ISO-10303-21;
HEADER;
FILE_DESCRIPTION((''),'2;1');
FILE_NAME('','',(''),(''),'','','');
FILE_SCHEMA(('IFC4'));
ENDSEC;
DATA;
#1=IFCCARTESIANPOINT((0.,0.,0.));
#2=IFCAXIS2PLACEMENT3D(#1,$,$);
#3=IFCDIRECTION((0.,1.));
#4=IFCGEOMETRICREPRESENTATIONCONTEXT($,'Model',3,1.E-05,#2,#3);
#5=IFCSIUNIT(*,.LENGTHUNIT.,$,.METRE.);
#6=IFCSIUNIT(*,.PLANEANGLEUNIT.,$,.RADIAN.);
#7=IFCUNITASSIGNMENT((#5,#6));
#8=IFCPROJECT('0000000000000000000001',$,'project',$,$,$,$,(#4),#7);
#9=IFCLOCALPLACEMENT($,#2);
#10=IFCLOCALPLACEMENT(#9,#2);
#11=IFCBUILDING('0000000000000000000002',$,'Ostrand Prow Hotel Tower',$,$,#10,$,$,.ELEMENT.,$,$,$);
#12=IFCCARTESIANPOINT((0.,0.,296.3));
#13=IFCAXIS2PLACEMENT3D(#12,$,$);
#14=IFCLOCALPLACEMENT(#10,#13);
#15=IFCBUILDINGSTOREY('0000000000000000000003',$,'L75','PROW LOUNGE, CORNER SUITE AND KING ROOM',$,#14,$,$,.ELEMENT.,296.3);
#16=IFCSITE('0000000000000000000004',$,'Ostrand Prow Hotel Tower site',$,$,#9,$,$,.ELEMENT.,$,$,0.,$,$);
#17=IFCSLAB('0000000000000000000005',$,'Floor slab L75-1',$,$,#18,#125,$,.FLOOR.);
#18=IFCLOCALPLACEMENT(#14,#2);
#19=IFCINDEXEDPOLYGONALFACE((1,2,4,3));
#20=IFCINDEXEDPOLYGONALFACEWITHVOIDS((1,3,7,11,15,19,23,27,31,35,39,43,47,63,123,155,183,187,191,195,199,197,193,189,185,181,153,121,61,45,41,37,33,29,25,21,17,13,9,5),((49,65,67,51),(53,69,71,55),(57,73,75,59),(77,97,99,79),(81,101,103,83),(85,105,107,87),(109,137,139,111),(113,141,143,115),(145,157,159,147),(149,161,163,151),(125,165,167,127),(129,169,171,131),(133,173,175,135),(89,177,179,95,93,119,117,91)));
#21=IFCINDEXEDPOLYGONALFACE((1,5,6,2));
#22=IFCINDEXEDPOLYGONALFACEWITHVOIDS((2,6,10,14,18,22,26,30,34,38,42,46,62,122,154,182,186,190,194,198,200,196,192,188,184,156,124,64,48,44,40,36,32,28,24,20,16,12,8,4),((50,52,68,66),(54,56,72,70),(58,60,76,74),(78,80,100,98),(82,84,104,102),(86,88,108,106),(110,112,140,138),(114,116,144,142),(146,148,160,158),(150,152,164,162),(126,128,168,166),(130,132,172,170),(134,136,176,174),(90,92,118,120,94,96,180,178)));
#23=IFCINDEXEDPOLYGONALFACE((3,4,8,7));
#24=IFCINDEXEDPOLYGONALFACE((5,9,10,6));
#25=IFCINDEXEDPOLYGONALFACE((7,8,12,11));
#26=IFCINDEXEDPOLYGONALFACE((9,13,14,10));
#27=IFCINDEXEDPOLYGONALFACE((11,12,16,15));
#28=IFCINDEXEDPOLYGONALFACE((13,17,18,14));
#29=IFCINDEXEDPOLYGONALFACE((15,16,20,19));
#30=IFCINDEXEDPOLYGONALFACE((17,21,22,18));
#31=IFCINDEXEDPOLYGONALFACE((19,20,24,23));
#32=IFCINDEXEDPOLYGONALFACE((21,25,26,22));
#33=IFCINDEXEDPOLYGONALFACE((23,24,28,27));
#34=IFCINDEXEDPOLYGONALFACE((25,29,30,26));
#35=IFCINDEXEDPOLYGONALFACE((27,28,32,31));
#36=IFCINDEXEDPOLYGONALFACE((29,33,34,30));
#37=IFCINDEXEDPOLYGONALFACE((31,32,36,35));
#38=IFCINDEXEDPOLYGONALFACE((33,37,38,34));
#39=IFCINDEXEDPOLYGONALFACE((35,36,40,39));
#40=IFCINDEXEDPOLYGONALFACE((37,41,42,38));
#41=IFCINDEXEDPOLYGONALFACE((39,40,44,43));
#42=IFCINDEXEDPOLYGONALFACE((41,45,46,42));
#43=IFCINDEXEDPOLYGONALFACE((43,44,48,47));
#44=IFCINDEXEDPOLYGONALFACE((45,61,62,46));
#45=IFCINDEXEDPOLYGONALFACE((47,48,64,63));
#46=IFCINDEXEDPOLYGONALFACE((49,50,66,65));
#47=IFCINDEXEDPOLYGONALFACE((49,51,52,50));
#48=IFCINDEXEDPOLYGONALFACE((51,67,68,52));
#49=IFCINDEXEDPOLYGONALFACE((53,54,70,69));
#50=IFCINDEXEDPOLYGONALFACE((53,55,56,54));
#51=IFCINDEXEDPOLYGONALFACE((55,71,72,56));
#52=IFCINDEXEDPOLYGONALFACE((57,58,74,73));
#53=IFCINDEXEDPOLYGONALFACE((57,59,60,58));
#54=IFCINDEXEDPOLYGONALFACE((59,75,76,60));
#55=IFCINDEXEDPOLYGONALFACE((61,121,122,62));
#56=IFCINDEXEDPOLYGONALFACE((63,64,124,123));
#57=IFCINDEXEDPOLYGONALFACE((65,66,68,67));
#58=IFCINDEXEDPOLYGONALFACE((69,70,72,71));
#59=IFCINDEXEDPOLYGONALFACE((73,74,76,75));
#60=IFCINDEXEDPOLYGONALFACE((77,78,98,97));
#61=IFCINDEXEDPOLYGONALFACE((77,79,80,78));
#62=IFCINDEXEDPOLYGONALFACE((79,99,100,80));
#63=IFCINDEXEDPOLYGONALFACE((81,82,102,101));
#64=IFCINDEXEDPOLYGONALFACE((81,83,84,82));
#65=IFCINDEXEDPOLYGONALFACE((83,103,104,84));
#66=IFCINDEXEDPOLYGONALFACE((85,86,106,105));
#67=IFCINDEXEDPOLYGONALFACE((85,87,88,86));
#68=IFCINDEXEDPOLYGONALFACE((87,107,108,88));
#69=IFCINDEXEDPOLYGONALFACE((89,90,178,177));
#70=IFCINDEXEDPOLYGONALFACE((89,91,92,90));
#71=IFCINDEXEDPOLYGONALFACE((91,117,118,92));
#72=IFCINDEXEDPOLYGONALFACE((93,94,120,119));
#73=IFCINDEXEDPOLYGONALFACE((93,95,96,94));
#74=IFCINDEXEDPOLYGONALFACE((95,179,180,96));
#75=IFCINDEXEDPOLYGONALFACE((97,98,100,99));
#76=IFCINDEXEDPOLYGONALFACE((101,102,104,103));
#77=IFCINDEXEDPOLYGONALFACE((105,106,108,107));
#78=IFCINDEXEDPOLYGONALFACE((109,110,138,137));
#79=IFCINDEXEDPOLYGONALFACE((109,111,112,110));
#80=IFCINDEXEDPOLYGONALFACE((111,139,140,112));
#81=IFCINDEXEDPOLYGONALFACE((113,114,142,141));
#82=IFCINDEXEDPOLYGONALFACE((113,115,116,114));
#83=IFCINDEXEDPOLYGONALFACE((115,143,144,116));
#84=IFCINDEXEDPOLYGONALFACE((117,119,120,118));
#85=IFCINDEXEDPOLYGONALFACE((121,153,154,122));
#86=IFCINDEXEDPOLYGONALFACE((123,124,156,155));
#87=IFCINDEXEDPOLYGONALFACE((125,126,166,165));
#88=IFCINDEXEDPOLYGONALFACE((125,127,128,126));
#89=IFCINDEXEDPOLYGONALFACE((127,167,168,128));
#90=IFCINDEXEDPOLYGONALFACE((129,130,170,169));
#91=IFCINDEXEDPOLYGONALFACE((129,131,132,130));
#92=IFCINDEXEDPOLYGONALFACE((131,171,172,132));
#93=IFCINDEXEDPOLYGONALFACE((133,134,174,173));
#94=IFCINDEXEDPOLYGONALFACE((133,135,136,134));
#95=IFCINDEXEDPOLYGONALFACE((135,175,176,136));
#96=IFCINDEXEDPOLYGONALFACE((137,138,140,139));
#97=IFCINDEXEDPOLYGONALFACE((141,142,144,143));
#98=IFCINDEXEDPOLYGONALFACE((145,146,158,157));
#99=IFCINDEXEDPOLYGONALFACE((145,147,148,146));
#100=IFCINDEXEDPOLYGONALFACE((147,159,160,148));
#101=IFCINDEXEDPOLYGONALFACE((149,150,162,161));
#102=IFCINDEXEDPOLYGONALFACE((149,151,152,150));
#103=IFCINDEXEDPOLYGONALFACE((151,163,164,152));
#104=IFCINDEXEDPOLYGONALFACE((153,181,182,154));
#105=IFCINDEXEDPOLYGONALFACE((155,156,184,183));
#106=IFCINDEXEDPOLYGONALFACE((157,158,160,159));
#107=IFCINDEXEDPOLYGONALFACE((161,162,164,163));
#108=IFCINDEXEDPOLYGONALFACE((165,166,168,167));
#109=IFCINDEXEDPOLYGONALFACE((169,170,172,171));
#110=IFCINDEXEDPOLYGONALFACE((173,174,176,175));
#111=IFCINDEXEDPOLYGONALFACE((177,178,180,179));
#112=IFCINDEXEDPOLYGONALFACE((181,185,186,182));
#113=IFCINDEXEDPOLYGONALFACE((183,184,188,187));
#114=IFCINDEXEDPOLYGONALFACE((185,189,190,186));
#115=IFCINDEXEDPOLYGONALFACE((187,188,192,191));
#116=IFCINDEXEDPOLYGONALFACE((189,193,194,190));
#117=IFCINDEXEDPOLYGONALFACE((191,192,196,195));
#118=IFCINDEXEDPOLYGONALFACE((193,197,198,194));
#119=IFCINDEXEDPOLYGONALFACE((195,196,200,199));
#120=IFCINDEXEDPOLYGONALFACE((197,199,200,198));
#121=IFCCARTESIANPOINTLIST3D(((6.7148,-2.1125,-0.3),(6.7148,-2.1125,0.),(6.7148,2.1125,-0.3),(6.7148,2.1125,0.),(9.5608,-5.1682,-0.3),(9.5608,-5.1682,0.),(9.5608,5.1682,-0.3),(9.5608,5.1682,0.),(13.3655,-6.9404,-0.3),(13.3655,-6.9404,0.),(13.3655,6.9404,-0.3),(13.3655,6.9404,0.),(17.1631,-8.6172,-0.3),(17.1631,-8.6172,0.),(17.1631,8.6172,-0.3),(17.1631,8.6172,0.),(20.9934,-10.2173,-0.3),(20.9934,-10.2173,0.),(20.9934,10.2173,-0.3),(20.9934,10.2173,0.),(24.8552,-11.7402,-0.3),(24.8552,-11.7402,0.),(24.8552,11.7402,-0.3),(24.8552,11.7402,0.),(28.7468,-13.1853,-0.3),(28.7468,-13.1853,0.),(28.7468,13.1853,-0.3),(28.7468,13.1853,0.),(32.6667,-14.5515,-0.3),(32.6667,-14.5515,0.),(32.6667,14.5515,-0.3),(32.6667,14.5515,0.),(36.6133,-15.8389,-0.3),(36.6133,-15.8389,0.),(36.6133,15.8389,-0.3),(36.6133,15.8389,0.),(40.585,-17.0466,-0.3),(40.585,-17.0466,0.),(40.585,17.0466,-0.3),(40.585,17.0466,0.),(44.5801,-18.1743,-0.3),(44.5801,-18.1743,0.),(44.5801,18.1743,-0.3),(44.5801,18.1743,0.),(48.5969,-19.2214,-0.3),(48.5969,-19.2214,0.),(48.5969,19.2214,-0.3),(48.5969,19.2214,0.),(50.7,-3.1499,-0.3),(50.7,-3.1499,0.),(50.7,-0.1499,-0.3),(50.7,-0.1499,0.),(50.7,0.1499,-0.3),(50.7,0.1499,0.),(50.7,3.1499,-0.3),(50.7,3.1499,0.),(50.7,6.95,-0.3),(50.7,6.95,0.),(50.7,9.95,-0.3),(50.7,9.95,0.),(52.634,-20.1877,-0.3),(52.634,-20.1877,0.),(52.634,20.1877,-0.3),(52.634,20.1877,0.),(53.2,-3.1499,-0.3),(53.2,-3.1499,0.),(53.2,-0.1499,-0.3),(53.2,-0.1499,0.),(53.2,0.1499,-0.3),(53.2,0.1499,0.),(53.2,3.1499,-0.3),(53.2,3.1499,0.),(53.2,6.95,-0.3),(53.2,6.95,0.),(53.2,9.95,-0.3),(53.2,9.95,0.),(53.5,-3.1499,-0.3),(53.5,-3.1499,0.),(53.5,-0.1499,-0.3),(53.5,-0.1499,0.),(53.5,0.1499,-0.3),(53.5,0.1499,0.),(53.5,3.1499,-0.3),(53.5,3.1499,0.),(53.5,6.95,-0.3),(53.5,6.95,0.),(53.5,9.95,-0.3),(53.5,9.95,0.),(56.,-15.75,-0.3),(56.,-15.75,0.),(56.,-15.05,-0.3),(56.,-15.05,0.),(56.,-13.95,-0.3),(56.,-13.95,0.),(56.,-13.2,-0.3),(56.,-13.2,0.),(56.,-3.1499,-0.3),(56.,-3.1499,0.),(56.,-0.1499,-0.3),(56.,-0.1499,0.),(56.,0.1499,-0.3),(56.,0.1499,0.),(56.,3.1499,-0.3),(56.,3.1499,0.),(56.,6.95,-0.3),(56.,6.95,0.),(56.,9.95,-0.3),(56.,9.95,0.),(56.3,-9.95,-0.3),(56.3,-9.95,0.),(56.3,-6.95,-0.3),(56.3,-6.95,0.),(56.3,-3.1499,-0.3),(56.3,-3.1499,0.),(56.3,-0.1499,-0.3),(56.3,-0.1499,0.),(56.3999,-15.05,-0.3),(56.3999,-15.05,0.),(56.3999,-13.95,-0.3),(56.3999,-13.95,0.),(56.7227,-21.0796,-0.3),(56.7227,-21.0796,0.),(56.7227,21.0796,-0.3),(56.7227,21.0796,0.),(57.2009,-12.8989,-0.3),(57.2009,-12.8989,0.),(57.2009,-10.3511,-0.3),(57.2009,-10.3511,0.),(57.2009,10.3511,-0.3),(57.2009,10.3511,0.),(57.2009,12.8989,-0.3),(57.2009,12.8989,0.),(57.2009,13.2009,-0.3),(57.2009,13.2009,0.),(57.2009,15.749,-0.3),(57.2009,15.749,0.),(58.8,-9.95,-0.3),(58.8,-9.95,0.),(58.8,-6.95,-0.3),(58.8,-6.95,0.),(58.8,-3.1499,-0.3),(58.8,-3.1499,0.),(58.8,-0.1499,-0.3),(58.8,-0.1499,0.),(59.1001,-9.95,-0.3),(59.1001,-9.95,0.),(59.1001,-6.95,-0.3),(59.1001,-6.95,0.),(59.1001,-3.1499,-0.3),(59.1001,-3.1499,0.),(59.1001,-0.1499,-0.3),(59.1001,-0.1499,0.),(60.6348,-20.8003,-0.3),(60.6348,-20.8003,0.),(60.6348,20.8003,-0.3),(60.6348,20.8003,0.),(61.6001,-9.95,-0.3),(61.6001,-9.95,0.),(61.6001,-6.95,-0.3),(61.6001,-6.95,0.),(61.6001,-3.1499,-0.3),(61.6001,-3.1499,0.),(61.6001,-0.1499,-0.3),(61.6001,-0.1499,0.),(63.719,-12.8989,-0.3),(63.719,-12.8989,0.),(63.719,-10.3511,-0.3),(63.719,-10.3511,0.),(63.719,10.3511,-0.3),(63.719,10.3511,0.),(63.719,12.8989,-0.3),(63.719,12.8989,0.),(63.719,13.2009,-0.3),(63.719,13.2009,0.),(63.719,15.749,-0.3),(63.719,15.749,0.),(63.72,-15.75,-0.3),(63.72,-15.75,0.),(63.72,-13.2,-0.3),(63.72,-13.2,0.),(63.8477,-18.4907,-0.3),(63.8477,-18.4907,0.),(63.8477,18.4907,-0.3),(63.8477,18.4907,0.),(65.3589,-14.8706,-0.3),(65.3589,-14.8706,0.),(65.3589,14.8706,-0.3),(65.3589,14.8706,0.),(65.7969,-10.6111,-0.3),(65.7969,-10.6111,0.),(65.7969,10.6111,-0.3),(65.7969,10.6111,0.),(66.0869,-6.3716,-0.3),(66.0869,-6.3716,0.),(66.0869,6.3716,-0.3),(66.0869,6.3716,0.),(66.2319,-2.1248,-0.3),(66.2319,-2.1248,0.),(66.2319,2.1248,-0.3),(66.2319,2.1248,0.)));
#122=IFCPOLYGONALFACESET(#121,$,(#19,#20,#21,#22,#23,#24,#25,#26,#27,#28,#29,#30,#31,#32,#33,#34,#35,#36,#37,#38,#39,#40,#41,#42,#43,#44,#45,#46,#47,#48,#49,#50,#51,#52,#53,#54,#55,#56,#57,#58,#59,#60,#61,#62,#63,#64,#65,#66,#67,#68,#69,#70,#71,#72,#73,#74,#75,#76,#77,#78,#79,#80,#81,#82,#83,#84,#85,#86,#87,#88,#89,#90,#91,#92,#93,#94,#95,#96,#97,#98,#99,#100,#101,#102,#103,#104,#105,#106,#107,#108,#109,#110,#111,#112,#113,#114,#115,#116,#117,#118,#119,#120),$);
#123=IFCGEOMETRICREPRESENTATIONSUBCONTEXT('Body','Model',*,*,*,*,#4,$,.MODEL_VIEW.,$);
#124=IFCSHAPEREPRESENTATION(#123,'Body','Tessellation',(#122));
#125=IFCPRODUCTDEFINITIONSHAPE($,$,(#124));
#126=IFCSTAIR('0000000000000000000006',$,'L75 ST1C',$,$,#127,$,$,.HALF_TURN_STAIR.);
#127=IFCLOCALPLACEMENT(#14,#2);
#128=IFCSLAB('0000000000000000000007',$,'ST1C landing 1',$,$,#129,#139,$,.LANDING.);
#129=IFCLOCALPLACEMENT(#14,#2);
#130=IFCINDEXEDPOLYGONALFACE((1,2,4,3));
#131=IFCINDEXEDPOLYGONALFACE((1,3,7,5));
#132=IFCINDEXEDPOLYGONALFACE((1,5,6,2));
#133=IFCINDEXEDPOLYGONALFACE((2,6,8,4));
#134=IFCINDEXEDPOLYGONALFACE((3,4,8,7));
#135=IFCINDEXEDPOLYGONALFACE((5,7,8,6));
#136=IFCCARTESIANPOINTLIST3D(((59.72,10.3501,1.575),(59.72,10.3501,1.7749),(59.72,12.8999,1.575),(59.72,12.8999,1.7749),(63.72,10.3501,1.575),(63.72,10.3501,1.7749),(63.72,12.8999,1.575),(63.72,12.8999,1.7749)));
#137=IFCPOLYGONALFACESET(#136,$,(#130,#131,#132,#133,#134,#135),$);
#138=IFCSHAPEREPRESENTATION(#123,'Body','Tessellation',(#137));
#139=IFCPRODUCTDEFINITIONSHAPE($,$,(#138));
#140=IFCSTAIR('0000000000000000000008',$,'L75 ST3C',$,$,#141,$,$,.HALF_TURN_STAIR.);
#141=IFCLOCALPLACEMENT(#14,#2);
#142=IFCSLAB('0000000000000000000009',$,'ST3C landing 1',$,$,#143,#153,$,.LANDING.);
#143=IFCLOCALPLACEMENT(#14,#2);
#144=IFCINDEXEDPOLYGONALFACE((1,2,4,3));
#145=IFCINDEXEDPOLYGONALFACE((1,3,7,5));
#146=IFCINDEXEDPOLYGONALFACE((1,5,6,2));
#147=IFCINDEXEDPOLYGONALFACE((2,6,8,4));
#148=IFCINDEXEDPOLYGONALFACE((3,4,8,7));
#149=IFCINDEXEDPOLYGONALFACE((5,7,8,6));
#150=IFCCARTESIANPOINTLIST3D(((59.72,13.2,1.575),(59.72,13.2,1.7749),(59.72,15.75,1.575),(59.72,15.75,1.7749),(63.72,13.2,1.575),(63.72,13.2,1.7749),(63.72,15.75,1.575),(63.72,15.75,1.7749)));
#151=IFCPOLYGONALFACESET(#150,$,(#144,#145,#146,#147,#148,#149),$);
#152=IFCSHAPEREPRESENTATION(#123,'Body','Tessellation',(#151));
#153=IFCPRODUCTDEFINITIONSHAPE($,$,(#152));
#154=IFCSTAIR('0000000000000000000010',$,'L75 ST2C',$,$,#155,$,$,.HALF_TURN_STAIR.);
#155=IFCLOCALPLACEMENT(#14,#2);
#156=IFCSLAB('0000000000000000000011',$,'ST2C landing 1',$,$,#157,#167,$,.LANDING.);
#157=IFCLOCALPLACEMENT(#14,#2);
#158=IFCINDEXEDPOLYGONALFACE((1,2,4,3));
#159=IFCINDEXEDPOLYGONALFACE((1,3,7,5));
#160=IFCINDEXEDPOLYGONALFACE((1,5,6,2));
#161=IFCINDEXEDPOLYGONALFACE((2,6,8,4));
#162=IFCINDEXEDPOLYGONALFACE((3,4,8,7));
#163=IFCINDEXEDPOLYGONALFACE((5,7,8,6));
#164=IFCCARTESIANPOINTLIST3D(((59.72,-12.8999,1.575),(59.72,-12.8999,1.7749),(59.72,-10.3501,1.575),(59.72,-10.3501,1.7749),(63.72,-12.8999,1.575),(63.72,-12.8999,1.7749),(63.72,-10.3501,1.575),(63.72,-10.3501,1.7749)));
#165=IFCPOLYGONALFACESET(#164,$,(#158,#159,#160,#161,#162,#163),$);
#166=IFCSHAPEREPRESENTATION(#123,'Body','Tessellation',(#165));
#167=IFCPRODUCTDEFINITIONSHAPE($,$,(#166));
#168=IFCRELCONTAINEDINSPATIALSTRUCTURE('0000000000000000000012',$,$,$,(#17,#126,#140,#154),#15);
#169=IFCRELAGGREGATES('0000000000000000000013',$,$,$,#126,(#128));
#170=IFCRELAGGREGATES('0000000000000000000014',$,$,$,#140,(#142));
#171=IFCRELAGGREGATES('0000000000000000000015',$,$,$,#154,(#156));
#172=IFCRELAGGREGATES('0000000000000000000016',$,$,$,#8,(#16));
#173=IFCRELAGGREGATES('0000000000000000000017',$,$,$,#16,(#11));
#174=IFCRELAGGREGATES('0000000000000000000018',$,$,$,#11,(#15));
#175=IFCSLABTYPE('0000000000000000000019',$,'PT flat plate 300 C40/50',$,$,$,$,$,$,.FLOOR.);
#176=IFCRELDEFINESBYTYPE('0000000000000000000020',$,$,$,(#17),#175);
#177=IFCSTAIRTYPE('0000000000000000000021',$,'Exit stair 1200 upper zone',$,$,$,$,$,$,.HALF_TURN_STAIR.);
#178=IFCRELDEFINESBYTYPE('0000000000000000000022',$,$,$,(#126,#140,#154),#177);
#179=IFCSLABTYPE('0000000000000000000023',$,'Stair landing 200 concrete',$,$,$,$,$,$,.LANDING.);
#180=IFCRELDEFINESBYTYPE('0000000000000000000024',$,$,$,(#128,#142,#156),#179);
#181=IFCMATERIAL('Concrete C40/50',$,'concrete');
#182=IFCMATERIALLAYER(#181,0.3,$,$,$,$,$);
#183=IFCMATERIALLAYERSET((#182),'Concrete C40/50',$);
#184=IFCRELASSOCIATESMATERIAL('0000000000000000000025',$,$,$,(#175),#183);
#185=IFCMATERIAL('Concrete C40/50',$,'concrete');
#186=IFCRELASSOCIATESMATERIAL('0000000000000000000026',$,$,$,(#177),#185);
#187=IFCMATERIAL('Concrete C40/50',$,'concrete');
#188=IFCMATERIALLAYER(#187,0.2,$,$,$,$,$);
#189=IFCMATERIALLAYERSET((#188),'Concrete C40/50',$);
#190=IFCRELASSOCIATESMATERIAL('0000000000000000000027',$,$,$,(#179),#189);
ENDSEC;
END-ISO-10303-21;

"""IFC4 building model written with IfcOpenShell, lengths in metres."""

from ifc_helpers import new_model, si_unit, direction, frame, origin, place, context, subcontext, project, spatial, polyline, outline, extrude, material, layer, layer_set, type_object, element, aggregate, save


model = new_model("IFC4")

# Units and contexts
model_context = context("Model", 3, precision=1e-05, world=origin(), true_north=direction((0.0, 1.0)))
body_context = subcontext(model_context, "Body", "Model", "MODEL_VIEW")
ifc_project = project(units=[si_unit("LENGTHUNIT", "METRE"), si_unit("PLANEANGLEUNIT", "RADIAN")], contexts=[model_context])

# Site, building, storey
site_placement = place(None, origin())
site = spatial("IfcSite", under=ifc_project, at=site_placement, Name="Ostrand Prow Hotel Tower site", CompositionType="ELEMENT", RefElevation=0.0)
building_placement = place(site_placement, origin())
building = spatial("IfcBuilding", under=site, at=building_placement, Name="Ostrand Prow Hotel Tower", CompositionType="ELEMENT")
storey_placement = place(building_placement, frame((0.0, 0.0, 296.3)))
storey = spatial("IfcBuildingStorey", under=building, at=storey_placement, Name="L75", Description="PROW LOUNGE, CORNER SUITE AND KING ROOM", CompositionType="ELEMENT", Elevation=296.3)

# Slab, opening
ifc_material_1 = material(Name="Concrete C40/50", Category="concrete")
ifc_layer_1 = layer(ifc_material_1, 0.3)
ifc_layer_set_1 = layer_set([ifc_layer_1], Name="Concrete C40/50")
slab_type_1 = type_object("IfcSlabType", Name="PT flat plate 300 C40/50", PredefinedType="FLOOR", material=ifc_layer_set_1)
slab_1_placement = place(storey_placement, frame((0.0, 0.0, -0.3)))
slab_1 = element("IfcSlab", 1, at=slab_1_placement, inside=storey, type_object=slab_type_1, Name="Floor slab L75-1", PredefinedType="FLOOR", context=body_context, shape_type="SweptSolid", body=[
    extrude(outline(polyline([(9.5608, 5.1682), (13.3655, 6.9404), (17.1631, 8.6172), (20.9934, 10.2173), (24.8552, 11.7402), (28.7468, 13.1853), (32.6667, 14.5515), (36.6133, 15.8389), (40.585, 17.0466), (44.5801, 18.1743), (48.5969, 19.2214), (52.634, 20.1877), (56.7227, 21.0796), (60.6348, 20.8003), (63.8477, 18.4907), (65.3589, 14.8706), (65.7969, 10.6111), (66.0869, 6.3716), (66.2319, 2.1248), (66.2319, -2.1248), (66.0869, -6.3716), (65.7969, -10.6111), (65.3589, -14.8706), (63.8477, -18.4907), (60.6348, -20.8003), (56.7227, -21.0796), (52.634, -20.1877), (48.5969, -19.2214), (44.5801, -18.1743), (40.585, -17.0466), (36.6133, -15.8389), (32.6667, -14.5515), (28.7468, -13.1853), (24.8552, -11.7402), (20.9934, -10.2173), (17.1631, -8.6172), (13.3655, -6.9404), (9.5608, -5.1682), (6.7148, -2.1125), (6.7148, 2.1125), (9.5608, 5.1682)]), holes=[polyline([(50.7, 6.95), (53.2, 6.95), (53.2, 9.95), (50.7, 9.95), (50.7, 6.95)]), polyline([(53.5, 6.95), (56.0, 6.95), (56.0, 9.95), (53.5, 9.95), (53.5, 6.95)]), polyline([(50.7, 0.1499), (53.2, 0.1499), (53.2, 3.1499), (50.7, 3.1499), (50.7, 0.1499)]), polyline([(53.5, 0.1499), (56.0, 0.1499), (56.0, 3.1499), (53.5, 3.1499), (53.5, 0.1499)]), polyline([(50.7, -3.1499), (53.2, -3.1499), (53.2, -0.1499), (50.7, -0.1499), (50.7, -3.1499)]), polyline([(53.5, -3.1499), (56.0, -3.1499), (56.0, -0.1499), (53.5, -0.1499), (53.5, -3.1499)]), polyline([(56.3, -3.1499), (58.8, -3.1499), (58.8, -0.1499), (56.3, -0.1499), (56.3, -3.1499)]), polyline([(59.1001, -3.1499), (61.6001, -3.1499), (61.6001, -0.1499), (59.1001, -0.1499), (59.1001, -3.1499)]), polyline([(56.3, -9.95), (58.8, -9.95), (58.8, -6.95), (56.3, -6.95), (56.3, -9.95)]), polyline([(59.1001, -9.95), (61.6001, -9.95), (61.6001, -6.95), (59.1001, -6.95), (59.1001, -9.95)]), polyline([(57.2009, 10.3511), (57.2009, 12.8989), (63.719, 12.8989), (63.719, 10.3511), (57.2009, 10.3511)]), polyline([(57.2009, 13.2009), (57.2009, 15.749), (63.719, 15.749), (63.719, 13.2009), (57.2009, 13.2009)]), polyline([(57.2009, -12.8989), (57.2009, -10.3511), (63.719, -10.3511), (63.719, -12.8989), (57.2009, -12.8989)]), polyline([(56.0, -13.95), (56.0, -13.2), (63.72, -13.2), (63.72, -15.75), (56.0, -15.75), (56.0, -15.05), (56.3999, -15.05), (56.3999, -13.95), (56.0, -13.95)])]), origin(), (0.0, 0.0, 1.0), 0.3),
])
opening_1_placement = place(slab_1_placement, origin())
element("IfcOpeningElement", 2, at=opening_1_placement, cuts=slab_1, PredefinedType="OPENING", context=body_context, shape_type="SweptSolid", body=[
    extrude(outline(polyline([(56.0, -13.95), (56.0, -13.2), (63.72, -13.2), (63.72, -15.75), (56.0, -15.75), (56.0, -15.05), (56.3999, -15.05), (56.3999, -13.95), (56.0, -13.95)])), origin(), (0.0, 0.0, 1.0), 0.3),
])

# Stairs, slabs
ifc_material_2 = material(Name="Concrete C40/50", Category="concrete")
stair_type = type_object("IfcStairType", Name="Exit stair 1200 upper zone", PredefinedType="HALF_TURN_STAIR", material=ifc_material_2)
stair_1_placement = place(storey_placement, origin())
stair_1 = element("IfcStair", 3, at=stair_1_placement, inside=storey, type_object=stair_type, Name="L75 ST1C", PredefinedType="HALF_TURN_STAIR")
ifc_material_3 = material(Name="Concrete C40/50", Category="concrete")
ifc_layer_2 = layer(ifc_material_3, 0.2)
ifc_layer_set_2 = layer_set([ifc_layer_2], Name="Concrete C40/50")
slab_type_2 = type_object("IfcSlabType", Name="Stair landing 200 concrete", PredefinedType="LANDING", material=ifc_layer_set_2)
slab_2_placement = place(storey_placement, frame((0.0, 0.0, 1.575)))
slab_2 = element("IfcSlab", 4, at=slab_2_placement, type_object=slab_type_2, Name="ST1C landing 1", PredefinedType="LANDING", context=body_context, shape_type="SweptSolid", body=[
    extrude(outline(polyline([(59.72, 10.3501), (63.72, 10.3501), (63.72, 12.8999), (59.72, 12.8999), (59.72, 10.3501)])), origin(), (0.0, 0.0, 1.0), 0.2),
])
aggregate(stair_1, [slab_2])
stair_2_placement = place(storey_placement, origin())
stair_2 = element("IfcStair", 5, at=stair_2_placement, inside=storey, type_object=stair_type, Name="L75 ST3C", PredefinedType="HALF_TURN_STAIR")
slab_3_placement = place(storey_placement, frame((0.0, 0.0, 1.575)))
slab_3 = element("IfcSlab", 6, at=slab_3_placement, type_object=slab_type_2, Name="ST3C landing 1", PredefinedType="LANDING", context=body_context, shape_type="SweptSolid", body=[
    extrude(outline(polyline([(59.72, 13.2), (63.72, 13.2), (63.72, 15.75), (59.72, 15.75), (59.72, 13.2)])), origin(), (0.0, 0.0, 1.0), 0.2),
])
aggregate(stair_2, [slab_3])
stair_3_placement = place(storey_placement, origin())
stair_3 = element("IfcStair", 7, at=stair_3_placement, inside=storey, type_object=stair_type, Name="L75 ST2C", PredefinedType="HALF_TURN_STAIR")
slab_4_placement = place(storey_placement, frame((0.0, 0.0, 1.575)))
slab_4 = element("IfcSlab", 8, at=slab_4_placement, type_object=slab_type_2, Name="ST2C landing 1", PredefinedType="LANDING", context=body_context, shape_type="SweptSolid", body=[
    extrude(outline(polyline([(59.72, -12.8999), (63.72, -12.8999), (63.72, -10.3501), (59.72, -10.3501), (59.72, -12.8999)])), origin(), (0.0, 0.0, 1.0), 0.2),
])
aggregate(stair_3, [slab_4])

save(model, "model.ifc")
